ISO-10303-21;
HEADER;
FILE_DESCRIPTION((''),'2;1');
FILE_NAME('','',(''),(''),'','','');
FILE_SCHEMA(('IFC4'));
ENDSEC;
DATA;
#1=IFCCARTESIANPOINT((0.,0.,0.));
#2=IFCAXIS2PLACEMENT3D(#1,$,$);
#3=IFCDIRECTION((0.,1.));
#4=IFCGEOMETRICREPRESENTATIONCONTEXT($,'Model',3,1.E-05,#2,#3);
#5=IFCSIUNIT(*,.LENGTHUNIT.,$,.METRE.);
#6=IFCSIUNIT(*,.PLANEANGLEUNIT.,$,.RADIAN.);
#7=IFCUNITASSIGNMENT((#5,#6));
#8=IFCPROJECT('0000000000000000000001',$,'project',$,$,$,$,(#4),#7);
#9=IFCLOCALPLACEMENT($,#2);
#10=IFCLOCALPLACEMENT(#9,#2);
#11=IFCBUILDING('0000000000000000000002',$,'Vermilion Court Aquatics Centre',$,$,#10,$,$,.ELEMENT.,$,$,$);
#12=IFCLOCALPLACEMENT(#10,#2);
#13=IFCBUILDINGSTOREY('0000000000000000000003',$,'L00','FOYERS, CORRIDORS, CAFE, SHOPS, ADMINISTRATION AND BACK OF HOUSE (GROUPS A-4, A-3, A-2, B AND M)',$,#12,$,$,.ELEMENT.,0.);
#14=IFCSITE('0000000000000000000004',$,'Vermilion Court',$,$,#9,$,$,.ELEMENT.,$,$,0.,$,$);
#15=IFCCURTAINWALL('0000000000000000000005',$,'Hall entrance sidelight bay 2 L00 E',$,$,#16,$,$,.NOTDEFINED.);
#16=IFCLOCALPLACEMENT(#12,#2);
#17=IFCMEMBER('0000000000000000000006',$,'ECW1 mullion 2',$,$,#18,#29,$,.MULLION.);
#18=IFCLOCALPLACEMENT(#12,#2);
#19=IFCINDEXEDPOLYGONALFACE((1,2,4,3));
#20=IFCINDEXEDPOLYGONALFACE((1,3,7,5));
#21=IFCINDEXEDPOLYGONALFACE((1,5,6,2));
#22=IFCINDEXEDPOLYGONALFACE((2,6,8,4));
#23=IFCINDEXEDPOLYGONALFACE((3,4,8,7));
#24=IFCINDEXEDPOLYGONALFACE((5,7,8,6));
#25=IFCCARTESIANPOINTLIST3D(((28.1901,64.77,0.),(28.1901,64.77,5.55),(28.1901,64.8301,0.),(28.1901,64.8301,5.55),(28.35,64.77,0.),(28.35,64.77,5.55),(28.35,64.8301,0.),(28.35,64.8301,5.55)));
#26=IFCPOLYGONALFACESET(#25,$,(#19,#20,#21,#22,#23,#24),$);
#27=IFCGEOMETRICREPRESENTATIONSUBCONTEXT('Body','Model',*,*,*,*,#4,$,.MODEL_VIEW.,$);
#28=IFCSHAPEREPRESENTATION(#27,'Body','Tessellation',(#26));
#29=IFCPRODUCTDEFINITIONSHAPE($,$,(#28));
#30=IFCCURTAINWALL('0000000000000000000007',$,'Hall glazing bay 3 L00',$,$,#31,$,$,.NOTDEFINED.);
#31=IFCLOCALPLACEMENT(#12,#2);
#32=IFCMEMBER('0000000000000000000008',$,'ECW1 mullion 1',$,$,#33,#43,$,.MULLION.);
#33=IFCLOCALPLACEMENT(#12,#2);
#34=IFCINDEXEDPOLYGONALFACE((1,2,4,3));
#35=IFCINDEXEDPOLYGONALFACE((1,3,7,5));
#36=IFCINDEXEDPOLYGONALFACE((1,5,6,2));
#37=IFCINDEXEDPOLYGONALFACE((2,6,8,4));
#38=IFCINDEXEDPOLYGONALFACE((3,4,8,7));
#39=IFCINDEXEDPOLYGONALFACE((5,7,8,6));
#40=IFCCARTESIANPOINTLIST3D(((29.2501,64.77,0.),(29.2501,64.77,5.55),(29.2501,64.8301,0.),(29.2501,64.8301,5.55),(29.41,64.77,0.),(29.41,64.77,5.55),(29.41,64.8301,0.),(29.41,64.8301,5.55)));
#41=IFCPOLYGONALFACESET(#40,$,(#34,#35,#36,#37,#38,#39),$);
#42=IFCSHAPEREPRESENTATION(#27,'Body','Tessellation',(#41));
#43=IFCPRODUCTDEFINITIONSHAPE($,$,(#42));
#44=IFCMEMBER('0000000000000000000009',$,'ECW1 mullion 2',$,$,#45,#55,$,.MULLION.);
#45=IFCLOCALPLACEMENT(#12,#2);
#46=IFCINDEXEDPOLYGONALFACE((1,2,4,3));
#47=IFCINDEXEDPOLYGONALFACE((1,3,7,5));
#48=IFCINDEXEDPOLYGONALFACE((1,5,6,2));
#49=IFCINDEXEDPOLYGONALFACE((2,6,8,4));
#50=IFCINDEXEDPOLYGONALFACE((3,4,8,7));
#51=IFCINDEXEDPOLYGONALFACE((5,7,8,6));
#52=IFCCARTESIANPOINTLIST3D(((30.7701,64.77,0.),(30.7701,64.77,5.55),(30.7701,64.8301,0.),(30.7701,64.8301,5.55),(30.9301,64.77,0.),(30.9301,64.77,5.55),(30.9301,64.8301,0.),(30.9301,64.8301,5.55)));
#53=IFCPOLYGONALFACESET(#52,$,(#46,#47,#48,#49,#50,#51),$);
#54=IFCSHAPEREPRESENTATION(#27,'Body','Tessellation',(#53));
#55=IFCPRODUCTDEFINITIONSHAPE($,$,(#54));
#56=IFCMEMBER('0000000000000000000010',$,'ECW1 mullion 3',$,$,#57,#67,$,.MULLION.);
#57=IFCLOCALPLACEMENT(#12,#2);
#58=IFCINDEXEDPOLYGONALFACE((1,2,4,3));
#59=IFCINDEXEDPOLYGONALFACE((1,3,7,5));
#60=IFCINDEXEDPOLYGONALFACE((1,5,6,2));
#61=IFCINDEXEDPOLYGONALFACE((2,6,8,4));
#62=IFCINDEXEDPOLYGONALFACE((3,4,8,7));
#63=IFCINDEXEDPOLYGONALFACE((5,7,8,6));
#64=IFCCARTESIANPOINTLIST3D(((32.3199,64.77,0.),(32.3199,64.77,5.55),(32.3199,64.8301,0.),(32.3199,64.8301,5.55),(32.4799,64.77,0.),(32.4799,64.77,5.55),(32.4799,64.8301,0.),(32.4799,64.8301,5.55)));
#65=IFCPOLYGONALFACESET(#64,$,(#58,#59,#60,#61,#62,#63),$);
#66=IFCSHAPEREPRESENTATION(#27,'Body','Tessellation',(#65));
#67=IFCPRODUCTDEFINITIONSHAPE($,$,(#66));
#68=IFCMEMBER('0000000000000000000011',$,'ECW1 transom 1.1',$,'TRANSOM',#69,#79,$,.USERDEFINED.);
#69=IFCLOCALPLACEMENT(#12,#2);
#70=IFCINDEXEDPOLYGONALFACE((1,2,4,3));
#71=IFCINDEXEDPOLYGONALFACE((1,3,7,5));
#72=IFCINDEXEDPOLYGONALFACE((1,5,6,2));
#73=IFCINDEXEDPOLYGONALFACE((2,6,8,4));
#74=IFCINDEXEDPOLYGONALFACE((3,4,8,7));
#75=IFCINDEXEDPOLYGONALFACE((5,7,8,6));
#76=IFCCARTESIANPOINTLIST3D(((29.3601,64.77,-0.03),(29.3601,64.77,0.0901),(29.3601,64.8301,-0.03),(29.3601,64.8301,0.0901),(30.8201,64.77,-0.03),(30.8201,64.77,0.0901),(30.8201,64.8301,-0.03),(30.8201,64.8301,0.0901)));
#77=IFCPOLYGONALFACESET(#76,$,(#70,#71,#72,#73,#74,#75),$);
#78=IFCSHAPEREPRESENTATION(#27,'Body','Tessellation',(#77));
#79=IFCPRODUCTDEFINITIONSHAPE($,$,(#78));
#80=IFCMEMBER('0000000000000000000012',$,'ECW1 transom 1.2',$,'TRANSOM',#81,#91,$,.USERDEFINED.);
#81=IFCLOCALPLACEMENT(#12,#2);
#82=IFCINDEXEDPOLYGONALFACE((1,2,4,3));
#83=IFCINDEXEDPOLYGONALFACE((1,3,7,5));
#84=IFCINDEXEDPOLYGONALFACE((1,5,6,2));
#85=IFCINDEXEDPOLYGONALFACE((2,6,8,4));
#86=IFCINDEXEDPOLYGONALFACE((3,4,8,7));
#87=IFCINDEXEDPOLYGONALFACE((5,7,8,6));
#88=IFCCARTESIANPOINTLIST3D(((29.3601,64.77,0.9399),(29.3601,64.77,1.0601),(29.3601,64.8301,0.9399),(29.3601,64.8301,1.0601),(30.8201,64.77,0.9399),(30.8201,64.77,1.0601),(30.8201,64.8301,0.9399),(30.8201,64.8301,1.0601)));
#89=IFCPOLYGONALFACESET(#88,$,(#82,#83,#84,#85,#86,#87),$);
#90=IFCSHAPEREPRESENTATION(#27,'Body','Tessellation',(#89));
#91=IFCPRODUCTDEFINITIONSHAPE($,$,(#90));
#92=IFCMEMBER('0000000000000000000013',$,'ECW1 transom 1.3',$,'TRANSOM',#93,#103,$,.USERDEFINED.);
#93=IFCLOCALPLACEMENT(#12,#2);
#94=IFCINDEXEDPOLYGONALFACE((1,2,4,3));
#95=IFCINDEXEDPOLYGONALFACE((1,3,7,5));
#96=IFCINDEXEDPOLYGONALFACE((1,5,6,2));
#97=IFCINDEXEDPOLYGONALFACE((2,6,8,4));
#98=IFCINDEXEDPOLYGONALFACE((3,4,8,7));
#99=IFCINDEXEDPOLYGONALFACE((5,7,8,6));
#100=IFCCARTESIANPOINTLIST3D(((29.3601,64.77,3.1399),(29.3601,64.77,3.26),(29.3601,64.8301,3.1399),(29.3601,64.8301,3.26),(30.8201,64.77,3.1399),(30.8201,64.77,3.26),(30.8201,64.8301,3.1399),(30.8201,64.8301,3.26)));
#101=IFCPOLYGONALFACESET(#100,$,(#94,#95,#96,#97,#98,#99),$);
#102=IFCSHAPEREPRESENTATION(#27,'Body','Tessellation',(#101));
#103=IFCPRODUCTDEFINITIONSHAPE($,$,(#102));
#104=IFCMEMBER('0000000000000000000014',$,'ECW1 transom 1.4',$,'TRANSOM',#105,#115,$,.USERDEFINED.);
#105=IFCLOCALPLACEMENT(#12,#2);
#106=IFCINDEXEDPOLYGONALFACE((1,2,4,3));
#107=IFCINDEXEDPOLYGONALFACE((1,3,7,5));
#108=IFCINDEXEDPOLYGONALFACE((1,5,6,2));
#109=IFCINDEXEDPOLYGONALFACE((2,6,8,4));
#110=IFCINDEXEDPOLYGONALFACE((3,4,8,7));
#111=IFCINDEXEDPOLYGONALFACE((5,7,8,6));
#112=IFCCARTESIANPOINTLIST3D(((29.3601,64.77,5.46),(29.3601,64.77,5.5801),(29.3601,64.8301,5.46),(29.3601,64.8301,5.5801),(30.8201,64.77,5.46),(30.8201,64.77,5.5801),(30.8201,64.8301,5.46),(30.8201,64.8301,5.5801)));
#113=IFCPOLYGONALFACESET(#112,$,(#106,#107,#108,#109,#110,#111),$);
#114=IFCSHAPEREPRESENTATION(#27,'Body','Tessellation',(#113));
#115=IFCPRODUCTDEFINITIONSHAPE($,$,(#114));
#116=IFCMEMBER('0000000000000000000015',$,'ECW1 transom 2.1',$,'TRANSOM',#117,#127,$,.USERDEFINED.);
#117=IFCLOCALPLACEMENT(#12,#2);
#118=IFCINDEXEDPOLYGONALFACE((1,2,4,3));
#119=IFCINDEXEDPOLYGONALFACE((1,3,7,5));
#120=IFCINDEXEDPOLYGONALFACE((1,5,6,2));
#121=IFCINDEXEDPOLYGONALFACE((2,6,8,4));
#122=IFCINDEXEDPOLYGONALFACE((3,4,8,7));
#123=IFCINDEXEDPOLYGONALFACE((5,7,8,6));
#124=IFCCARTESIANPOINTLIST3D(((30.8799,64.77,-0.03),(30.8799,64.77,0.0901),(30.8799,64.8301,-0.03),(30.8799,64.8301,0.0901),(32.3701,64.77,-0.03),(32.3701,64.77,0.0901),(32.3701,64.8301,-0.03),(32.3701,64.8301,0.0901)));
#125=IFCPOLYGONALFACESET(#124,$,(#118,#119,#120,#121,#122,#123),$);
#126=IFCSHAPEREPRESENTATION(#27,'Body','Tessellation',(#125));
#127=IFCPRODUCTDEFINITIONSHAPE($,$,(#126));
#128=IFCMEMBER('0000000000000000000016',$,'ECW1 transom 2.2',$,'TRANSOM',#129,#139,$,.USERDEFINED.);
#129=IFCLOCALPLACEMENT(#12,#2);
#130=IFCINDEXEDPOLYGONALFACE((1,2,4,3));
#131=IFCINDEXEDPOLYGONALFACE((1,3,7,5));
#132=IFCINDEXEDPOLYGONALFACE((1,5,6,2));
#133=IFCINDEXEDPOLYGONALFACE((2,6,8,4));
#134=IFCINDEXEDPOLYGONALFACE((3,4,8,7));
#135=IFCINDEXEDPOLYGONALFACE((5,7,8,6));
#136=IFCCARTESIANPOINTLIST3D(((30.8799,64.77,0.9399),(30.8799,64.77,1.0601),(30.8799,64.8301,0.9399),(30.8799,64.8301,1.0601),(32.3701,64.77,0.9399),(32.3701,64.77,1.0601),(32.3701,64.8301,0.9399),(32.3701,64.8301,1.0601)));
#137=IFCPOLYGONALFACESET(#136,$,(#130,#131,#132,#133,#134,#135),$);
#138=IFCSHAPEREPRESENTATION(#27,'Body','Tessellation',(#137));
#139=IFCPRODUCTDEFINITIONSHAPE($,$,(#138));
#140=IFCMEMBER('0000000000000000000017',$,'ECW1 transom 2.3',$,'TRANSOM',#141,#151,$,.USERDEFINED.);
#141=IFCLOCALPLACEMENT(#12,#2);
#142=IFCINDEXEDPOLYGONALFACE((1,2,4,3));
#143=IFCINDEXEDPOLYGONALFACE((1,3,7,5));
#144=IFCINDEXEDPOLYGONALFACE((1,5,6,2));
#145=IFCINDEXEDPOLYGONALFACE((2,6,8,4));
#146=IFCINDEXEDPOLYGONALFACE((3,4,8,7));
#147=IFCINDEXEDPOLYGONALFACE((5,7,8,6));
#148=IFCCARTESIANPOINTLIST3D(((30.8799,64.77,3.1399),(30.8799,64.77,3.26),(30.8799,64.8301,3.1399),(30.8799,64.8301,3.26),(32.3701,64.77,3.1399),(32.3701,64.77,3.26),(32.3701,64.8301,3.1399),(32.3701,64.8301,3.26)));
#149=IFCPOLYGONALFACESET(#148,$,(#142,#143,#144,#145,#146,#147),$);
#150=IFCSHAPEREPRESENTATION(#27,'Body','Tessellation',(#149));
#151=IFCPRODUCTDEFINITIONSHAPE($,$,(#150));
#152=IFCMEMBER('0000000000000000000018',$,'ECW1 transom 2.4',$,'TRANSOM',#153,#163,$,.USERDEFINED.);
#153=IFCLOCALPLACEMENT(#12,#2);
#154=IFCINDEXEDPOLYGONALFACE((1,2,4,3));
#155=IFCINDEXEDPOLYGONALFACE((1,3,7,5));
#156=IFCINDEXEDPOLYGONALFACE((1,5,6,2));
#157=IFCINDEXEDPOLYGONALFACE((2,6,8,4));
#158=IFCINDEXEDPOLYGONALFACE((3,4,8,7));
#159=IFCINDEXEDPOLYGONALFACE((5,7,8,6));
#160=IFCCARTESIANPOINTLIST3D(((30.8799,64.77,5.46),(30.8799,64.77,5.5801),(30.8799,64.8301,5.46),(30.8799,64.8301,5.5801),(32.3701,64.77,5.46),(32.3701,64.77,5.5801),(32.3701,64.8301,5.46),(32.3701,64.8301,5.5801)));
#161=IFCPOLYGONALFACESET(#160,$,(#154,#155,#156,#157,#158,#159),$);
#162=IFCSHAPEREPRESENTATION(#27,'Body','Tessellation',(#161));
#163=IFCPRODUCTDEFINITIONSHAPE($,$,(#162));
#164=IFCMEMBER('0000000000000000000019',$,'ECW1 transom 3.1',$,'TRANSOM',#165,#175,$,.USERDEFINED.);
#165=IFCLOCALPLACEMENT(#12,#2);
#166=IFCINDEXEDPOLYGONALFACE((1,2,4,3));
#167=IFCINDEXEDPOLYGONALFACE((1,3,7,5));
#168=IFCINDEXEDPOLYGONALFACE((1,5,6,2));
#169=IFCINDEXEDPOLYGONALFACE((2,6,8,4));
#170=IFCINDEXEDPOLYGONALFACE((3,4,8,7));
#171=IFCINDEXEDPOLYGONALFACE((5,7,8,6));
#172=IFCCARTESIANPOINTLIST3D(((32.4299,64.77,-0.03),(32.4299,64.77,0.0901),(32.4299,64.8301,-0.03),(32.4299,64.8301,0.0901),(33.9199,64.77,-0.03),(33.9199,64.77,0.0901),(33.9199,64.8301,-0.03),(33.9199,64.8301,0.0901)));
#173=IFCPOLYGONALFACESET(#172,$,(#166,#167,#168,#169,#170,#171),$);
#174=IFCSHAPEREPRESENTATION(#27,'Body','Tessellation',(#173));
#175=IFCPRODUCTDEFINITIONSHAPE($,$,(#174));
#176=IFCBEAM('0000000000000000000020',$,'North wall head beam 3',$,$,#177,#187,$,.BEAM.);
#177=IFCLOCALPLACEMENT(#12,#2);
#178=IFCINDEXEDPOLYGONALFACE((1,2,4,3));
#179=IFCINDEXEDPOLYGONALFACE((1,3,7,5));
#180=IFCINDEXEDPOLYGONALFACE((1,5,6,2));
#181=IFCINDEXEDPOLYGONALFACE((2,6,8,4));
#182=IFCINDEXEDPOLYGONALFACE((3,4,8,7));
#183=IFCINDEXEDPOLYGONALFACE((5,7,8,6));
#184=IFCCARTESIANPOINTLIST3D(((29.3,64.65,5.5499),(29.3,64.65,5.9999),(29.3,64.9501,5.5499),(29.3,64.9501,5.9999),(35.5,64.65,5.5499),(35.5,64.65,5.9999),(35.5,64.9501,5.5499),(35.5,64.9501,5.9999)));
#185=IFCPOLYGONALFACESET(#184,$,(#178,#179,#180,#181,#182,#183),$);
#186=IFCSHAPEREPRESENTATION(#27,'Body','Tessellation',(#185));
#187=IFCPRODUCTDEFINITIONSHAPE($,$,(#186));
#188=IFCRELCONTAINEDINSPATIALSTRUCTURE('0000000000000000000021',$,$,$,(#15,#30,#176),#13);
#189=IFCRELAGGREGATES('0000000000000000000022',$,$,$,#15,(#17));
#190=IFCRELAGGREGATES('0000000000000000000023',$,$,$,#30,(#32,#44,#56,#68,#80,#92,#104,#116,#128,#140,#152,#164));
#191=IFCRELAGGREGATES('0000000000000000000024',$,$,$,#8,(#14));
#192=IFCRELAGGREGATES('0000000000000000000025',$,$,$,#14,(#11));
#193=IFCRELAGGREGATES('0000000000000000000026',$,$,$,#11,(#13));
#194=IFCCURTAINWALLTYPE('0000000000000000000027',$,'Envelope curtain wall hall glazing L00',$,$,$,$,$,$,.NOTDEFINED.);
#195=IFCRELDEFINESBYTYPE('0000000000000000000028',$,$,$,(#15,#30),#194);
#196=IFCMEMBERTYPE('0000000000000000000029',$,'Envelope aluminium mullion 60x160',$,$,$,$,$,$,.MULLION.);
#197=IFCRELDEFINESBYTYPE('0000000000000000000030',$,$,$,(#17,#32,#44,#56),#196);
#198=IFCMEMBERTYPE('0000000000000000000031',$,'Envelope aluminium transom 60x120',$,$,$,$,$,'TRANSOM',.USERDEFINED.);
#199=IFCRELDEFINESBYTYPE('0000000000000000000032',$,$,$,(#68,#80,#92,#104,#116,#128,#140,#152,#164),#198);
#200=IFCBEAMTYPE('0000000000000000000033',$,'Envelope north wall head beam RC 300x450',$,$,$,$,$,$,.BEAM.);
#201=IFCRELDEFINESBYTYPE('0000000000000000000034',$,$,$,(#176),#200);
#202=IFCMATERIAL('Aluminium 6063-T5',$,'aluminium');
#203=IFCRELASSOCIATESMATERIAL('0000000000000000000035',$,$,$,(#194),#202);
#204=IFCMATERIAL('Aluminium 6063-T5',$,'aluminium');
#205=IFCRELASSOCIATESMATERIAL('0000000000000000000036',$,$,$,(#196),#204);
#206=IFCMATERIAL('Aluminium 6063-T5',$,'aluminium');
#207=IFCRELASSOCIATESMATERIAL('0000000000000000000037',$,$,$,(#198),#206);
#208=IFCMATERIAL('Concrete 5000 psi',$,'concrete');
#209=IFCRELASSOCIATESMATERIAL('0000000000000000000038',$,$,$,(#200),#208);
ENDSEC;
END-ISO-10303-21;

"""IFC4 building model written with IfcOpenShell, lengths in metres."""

from ifc_helpers import new_model, si_unit, direction, frame, origin, origin_2d, place, context, subcontext, project, spatial, rectangle, extrude, material, material_profile, profile_set, type_object, element, aggregate, save


model = new_model("IFC4")

# Units and contexts
model_context = context("Model", 3, precision=1e-05, world=origin(), true_north=direction((0.0, 1.0)))
body_context = subcontext(model_context, "Body", "Model", "MODEL_VIEW")
ifc_project = project(units=[si_unit("LENGTHUNIT", "METRE"), si_unit("PLANEANGLEUNIT", "RADIAN")], contexts=[model_context])

# Site, building, storey
site_placement = place(None, origin())
site = spatial("IfcSite", under=ifc_project, at=site_placement, Name="Vermilion Court", CompositionType="ELEMENT", RefElevation=0.0)
building_placement = place(site_placement, origin())
building = spatial("IfcBuilding", under=site, at=building_placement, Name="Vermilion Court Aquatics Centre", CompositionType="ELEMENT")
storey_placement = place(building_placement, origin())
storey = spatial("IfcBuildingStorey", under=building, at=storey_placement, Name="L00", Description="FOYERS, CORRIDORS, CAFE, SHOPS, ADMINISTRATION AND BACK OF HOUSE (GROUPS A-4, A-3, A-2, B AND M)", CompositionType="ELEMENT", Elevation=0.0)

# Curtain wall, member
ifc_material_1 = material(Name="Aluminium 6063-T5", Category="aluminium")
curtain_wall_type = type_object("IfcCurtainWallType", Name="Envelope curtain wall hall glazing L00", PredefinedType="NOTDEFINED", material=ifc_material_1)
curtain_wall_1_placement = place(storey_placement, origin())
curtain_wall_1 = element("IfcCurtainWall", 1, at=curtain_wall_1_placement, inside=storey, type_object=curtain_wall_type, Name="Hall entrance sidelight bay 2 L00 E", PredefinedType="NOTDEFINED")
ifc_material_2 = material(Name="Aluminium 6063-T5", Category="aluminium")
ifc_material_profile_1 = material_profile(ifc_material_2, rectangle(XDim=0.0601, YDim=0.1599, at=origin_2d()), Name="AL 60x160")
ifc_profile_set_1 = profile_set([ifc_material_profile_1], Name="Aluminium 6063-T5")
member_type_1 = type_object("IfcMemberType", Name="Envelope aluminium mullion 60x160", PredefinedType="MULLION", material=ifc_profile_set_1)
member_1_placement = place(storey_placement, frame((28.27, 64.8, 0.0), z_axis=(0.0, 0.0, 1.0), x_axis=(0.0, 1.0, 0.0)))
member_1 = element("IfcMember", 2, at=member_1_placement, type_object=member_type_1, Name="ECW1 mullion 2", PredefinedType="MULLION", context=body_context, shape_type="SweptSolid", body=[
    extrude(rectangle(XDim=0.0601, YDim=0.1599, at=origin_2d()), origin(), (0.0, 0.0, 1.0), 5.55),
])
aggregate(curtain_wall_1, [member_1])

# Curtain wall, members
curtain_wall_2_placement = place(storey_placement, origin())
curtain_wall_2 = element("IfcCurtainWall", 3, at=curtain_wall_2_placement, inside=storey, type_object=curtain_wall_type, Name="Hall glazing bay 3 L00", PredefinedType="NOTDEFINED")
member_2_placement = place(storey_placement, frame((29.3301, 64.8, 0.0), z_axis=(0.0, 0.0, 1.0), x_axis=(0.0, 1.0, 0.0)))
member_2 = element("IfcMember", 4, at=member_2_placement, type_object=member_type_1, Name="ECW1 mullion 1", PredefinedType="MULLION", context=body_context, shape_type="SweptSolid", body=[
    extrude(rectangle(XDim=0.0601, YDim=0.1599, at=origin_2d()), origin(), (0.0, 0.0, 1.0), 5.55),
])
member_3_placement = place(storey_placement, frame((30.8501, 64.8, 0.0), z_axis=(0.0, 0.0, 1.0), x_axis=(0.0, 1.0, 0.0)))
member_3 = element("IfcMember", 5, at=member_3_placement, type_object=member_type_1, Name="ECW1 mullion 2", PredefinedType="MULLION", context=body_context, shape_type="SweptSolid", body=[
    extrude(rectangle(XDim=0.0601, YDim=0.1599, at=origin_2d()), origin(), (0.0, 0.0, 1.0), 5.55),
])
member_4_placement = place(storey_placement, frame((32.3999, 64.8, 0.0), z_axis=(0.0, 0.0, 1.0), x_axis=(0.0, 1.0, 0.0)))
member_4 = element("IfcMember", 6, at=member_4_placement, type_object=member_type_1, Name="ECW1 mullion 3", PredefinedType="MULLION", context=body_context, shape_type="SweptSolid", body=[
    extrude(rectangle(XDim=0.0601, YDim=0.1599, at=origin_2d()), origin(), (0.0, 0.0, 1.0), 5.55),
])
ifc_material_3 = material(Name="Aluminium 6063-T5", Category="aluminium")
ifc_material_profile_2 = material_profile(ifc_material_3, rectangle(XDim=0.0601, YDim=0.1201, at=origin_2d()), Name="AL 60x120")
ifc_profile_set_2 = profile_set([ifc_material_profile_2], Name="Aluminium 6063-T5")
member_type_2 = type_object("IfcMemberType", Name="Envelope aluminium transom 60x120", ElementType="TRANSOM", PredefinedType="USERDEFINED", material=ifc_profile_set_2)
member_5_placement = place(storey_placement, frame((29.3601, 64.8, 0.03), z_axis=(1.0, 0.0, 0.0), x_axis=(0.0, 1.0, 0.0)))
member_5 = element("IfcMember", 7, at=member_5_placement, type_object=member_type_2, Name="ECW1 transom 1.1", ObjectType="TRANSOM", PredefinedType="USERDEFINED", context=body_context, shape_type="SweptSolid", body=[
    extrude(rectangle(XDim=0.0601, YDim=0.1201, at=origin_2d()), origin(), (0.0, 0.0, 1.0), 1.46),
])
member_6_placement = place(storey_placement, frame((29.3601, 64.8, 1.0), z_axis=(1.0, 0.0, 0.0), x_axis=(0.0, 1.0, 0.0)))
member_6 = element("IfcMember", 8, at=member_6_placement, type_object=member_type_2, Name="ECW1 transom 1.2", ObjectType="TRANSOM", PredefinedType="USERDEFINED", context=body_context, shape_type="SweptSolid", body=[
    extrude(rectangle(XDim=0.0601, YDim=0.1201, at=origin_2d()), origin(), (0.0, 0.0, 1.0), 1.46),
])
member_7_placement = place(storey_placement, frame((29.3601, 64.8, 3.2), z_axis=(1.0, 0.0, 0.0), x_axis=(0.0, 1.0, 0.0)))
member_7 = element("IfcMember", 9, at=member_7_placement, type_object=member_type_2, Name="ECW1 transom 1.3", ObjectType="TRANSOM", PredefinedType="USERDEFINED", context=body_context, shape_type="SweptSolid", body=[
    extrude(rectangle(XDim=0.0601, YDim=0.1201, at=origin_2d()), origin(), (0.0, 0.0, 1.0), 1.46),
])
member_8_placement = place(storey_placement, frame((29.3601, 64.8, 5.52), z_axis=(1.0, 0.0, 0.0), x_axis=(0.0, 1.0, 0.0)))
member_8 = element("IfcMember", 10, at=member_8_placement, type_object=member_type_2, Name="ECW1 transom 1.4", ObjectType="TRANSOM", PredefinedType="USERDEFINED", context=body_context, shape_type="SweptSolid", body=[
    extrude(rectangle(XDim=0.0601, YDim=0.1201, at=origin_2d()), origin(), (0.0, 0.0, 1.0), 1.46),
])
member_9_placement = place(storey_placement, frame((30.8799, 64.8, 0.03), z_axis=(1.0, 0.0, 0.0), x_axis=(0.0, 1.0, 0.0)))
member_9 = element("IfcMember", 11, at=member_9_placement, type_object=member_type_2, Name="ECW1 transom 2.1", ObjectType="TRANSOM", PredefinedType="USERDEFINED", context=body_context, shape_type="SweptSolid", body=[
    extrude(rectangle(XDim=0.0601, YDim=0.1201, at=origin_2d()), origin(), (0.0, 0.0, 1.0), 1.4902),
])
member_10_placement = place(storey_placement, frame((30.8799, 64.8, 1.0), z_axis=(1.0, 0.0, 0.0), x_axis=(0.0, 1.0, 0.0)))
member_10 = element("IfcMember", 12, at=member_10_placement, type_object=member_type_2, Name="ECW1 transom 2.2", ObjectType="TRANSOM", PredefinedType="USERDEFINED", context=body_context, shape_type="SweptSolid", body=[
    extrude(rectangle(XDim=0.0601, YDim=0.1201, at=origin_2d()), origin(), (0.0, 0.0, 1.0), 1.4902),
])
member_11_placement = place(storey_placement, frame((30.8799, 64.8, 3.2), z_axis=(1.0, 0.0, 0.0), x_axis=(0.0, 1.0, 0.0)))
member_11 = element("IfcMember", 13, at=member_11_placement, type_object=member_type_2, Name="ECW1 transom 2.3", ObjectType="TRANSOM", PredefinedType="USERDEFINED", context=body_context, shape_type="SweptSolid", body=[
    extrude(rectangle(XDim=0.0601, YDim=0.1201, at=origin_2d()), origin(), (0.0, 0.0, 1.0), 1.4902),
])
member_12_placement = place(storey_placement, frame((30.8799, 64.8, 5.52), z_axis=(1.0, 0.0, 0.0), x_axis=(0.0, 1.0, 0.0)))
member_12 = element("IfcMember", 14, at=member_12_placement, type_object=member_type_2, Name="ECW1 transom 2.4", ObjectType="TRANSOM", PredefinedType="USERDEFINED", context=body_context, shape_type="SweptSolid", body=[
    extrude(rectangle(XDim=0.0601, YDim=0.1201, at=origin_2d()), origin(), (0.0, 0.0, 1.0), 1.4902),
])
member_13_placement = place(storey_placement, frame((32.4299, 64.8, 0.03), z_axis=(1.0, 0.0, 0.0), x_axis=(0.0, 1.0, 0.0)))
member_13 = element("IfcMember", 15, at=member_13_placement, type_object=member_type_2, Name="ECW1 transom 3.1", ObjectType="TRANSOM", PredefinedType="USERDEFINED", context=body_context, shape_type="SweptSolid", body=[
    extrude(rectangle(XDim=0.0601, YDim=0.1201, at=origin_2d()), origin(), (0.0, 0.0, 1.0), 1.49),
])

# Beam
ifc_material_4 = material(Name="Concrete 5000 psi", Category="concrete")
ifc_material_profile_3 = material_profile(ifc_material_4, rectangle(XDim=0.3, YDim=0.45, at=origin_2d()), Name="RC 300x450")
ifc_profile_set_3 = profile_set([ifc_material_profile_3], Name="Concrete 5000 psi")
beam_type = type_object("IfcBeamType", Name="Envelope north wall head beam RC 300x450", PredefinedType="BEAM", material=ifc_profile_set_3)
beam_placement = place(storey_placement, frame((29.3, 64.8, 5.7749), z_axis=(1.0, 0.0, 0.0), x_axis=(0.0, 1.0, 0.0)))
element("IfcBeam", 16, at=beam_placement, inside=storey, type_object=beam_type, Name="North wall head beam 3", PredefinedType="BEAM", context=body_context, shape_type="SweptSolid", body=[
    extrude(rectangle(XDim=0.3, YDim=0.45, at=origin_2d()), origin(), (0.0, 0.0, 1.0), 6.2),
])

aggregate(curtain_wall_2, [member_2, member_3, member_4, member_5, member_6, member_7, member_8, member_9, member_10, member_11, member_12, member_13])

save(model, "model.ifc")
